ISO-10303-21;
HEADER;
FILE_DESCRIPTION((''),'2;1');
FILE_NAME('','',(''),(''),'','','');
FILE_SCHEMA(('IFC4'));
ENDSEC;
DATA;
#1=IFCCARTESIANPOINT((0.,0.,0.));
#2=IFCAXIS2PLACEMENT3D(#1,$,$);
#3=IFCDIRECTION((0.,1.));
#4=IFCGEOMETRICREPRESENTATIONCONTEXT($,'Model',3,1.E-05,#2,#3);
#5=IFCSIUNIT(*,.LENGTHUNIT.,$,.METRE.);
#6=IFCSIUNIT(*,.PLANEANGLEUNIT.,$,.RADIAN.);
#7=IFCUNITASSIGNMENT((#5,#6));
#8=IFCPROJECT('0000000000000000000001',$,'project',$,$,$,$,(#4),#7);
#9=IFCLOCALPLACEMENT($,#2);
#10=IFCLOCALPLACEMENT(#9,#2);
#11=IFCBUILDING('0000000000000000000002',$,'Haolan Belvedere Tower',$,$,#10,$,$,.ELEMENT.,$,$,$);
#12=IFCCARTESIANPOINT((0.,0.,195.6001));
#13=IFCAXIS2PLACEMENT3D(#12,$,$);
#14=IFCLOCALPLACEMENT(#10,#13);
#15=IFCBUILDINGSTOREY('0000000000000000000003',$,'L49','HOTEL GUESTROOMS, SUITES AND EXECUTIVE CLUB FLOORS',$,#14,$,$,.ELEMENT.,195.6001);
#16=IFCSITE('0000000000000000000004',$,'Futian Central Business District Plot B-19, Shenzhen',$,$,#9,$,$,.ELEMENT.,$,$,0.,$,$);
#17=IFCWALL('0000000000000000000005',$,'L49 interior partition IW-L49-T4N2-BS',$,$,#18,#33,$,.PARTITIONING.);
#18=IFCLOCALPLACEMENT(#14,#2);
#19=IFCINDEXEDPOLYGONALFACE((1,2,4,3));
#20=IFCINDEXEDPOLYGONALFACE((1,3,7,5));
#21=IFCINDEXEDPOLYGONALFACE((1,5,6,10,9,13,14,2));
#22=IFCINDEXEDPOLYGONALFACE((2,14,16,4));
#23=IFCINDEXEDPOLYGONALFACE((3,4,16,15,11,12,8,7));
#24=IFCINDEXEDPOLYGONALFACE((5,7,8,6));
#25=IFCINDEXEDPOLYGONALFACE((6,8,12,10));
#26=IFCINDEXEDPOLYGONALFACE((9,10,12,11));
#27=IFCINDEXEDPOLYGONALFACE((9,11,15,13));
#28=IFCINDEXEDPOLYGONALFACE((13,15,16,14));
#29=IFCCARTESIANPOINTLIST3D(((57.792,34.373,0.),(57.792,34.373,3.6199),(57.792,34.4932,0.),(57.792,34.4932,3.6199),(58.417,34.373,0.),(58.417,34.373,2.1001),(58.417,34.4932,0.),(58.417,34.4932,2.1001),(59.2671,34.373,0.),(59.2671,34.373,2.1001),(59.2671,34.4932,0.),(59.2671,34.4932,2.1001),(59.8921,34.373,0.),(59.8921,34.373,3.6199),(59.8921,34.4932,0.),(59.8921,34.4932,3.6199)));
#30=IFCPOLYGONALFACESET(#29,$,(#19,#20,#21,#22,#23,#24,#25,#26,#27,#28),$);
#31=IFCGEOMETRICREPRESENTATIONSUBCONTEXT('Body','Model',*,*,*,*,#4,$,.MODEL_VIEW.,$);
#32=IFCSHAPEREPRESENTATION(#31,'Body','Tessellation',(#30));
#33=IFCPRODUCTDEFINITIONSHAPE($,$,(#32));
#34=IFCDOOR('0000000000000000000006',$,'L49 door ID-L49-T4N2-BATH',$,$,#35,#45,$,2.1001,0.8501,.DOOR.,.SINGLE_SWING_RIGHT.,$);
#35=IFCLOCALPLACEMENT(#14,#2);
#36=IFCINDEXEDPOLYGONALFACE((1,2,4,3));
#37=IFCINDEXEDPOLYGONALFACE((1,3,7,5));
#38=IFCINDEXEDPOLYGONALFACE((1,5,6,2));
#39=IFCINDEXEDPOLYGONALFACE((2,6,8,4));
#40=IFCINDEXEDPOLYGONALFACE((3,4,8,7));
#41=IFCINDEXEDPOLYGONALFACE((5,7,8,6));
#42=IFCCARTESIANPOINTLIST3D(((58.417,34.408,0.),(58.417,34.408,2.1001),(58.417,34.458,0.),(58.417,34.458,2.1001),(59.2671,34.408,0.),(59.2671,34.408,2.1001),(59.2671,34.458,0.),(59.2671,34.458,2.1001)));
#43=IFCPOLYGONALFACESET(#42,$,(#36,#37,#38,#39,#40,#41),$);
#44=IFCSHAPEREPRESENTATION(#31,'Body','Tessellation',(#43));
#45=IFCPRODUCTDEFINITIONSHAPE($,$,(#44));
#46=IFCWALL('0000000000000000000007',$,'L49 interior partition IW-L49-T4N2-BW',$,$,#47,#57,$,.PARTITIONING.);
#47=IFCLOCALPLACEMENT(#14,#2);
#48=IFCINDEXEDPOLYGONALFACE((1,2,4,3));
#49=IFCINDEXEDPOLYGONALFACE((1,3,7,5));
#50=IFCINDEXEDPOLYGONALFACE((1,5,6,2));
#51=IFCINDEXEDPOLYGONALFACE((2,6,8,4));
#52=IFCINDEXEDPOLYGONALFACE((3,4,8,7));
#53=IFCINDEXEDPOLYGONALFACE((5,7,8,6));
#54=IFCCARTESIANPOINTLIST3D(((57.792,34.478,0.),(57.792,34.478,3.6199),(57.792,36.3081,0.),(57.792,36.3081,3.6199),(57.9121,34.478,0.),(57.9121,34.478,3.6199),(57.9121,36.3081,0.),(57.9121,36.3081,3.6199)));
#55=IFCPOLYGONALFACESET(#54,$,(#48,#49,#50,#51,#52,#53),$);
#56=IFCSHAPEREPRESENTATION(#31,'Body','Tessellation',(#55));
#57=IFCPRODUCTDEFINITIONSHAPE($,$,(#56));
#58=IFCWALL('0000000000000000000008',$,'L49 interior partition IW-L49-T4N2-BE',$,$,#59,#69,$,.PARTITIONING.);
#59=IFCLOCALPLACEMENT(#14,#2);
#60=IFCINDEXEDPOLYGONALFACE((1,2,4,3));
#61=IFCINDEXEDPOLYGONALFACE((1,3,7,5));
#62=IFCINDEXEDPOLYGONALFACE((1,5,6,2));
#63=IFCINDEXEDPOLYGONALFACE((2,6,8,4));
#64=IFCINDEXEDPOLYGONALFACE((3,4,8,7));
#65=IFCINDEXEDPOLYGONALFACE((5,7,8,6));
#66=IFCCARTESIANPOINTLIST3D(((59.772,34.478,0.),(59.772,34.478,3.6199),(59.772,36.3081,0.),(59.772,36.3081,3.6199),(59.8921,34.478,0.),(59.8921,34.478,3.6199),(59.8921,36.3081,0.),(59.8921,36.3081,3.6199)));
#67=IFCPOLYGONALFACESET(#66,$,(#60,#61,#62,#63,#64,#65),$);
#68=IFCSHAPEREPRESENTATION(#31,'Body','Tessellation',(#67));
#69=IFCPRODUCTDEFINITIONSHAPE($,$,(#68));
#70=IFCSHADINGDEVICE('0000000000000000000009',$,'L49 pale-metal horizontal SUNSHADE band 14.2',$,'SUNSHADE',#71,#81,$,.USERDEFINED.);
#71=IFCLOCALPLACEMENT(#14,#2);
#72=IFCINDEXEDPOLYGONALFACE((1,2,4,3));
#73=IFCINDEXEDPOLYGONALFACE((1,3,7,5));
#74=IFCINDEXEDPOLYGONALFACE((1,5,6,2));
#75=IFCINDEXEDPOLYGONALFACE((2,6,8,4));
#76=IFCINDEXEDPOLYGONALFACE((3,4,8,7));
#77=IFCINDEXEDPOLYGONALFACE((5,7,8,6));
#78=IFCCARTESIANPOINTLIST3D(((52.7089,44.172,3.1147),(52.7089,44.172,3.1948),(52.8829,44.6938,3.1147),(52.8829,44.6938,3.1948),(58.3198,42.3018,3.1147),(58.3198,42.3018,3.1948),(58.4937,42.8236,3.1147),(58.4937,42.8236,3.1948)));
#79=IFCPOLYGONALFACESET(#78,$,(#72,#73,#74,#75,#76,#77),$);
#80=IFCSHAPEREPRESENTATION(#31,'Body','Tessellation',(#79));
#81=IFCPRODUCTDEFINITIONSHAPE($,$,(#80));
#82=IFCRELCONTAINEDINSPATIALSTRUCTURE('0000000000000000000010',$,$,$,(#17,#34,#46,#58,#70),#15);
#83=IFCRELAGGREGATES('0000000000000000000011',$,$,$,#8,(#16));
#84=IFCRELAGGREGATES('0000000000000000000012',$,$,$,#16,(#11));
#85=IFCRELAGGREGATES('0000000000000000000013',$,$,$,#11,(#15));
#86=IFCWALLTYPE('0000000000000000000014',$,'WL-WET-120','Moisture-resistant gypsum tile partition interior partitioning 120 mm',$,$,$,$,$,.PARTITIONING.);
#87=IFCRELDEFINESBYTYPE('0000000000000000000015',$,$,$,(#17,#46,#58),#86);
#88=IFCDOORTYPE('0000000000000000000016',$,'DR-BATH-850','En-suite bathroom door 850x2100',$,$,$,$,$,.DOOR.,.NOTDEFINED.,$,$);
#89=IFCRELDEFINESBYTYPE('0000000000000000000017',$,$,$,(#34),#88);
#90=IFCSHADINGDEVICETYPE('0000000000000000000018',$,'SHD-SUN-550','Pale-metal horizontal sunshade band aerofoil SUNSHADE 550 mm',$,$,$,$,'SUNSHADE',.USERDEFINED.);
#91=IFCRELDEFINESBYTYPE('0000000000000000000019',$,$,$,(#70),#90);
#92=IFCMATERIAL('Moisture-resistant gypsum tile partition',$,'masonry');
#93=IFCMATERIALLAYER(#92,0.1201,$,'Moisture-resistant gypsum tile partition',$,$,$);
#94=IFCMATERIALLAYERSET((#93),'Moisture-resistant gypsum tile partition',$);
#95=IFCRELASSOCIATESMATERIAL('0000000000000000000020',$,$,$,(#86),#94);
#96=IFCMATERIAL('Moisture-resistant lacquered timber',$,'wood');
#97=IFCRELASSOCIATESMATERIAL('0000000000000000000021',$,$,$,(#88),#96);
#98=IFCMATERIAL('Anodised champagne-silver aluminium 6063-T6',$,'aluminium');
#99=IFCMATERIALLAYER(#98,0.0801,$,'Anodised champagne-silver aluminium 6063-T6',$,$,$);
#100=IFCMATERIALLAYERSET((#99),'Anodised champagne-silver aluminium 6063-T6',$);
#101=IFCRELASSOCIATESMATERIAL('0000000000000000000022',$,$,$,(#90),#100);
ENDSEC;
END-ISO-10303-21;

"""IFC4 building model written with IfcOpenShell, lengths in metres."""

from ifc_helpers import new_model, si_unit, direction, frame, frame_2d, origin, origin_2d, place, context, subcontext, project, spatial, rectangle, extrude, material, layer, layer_set, type_object, element, fill, save


model = new_model("IFC4")

# Units and contexts
model_context = context("Model", 3, precision=1e-05, world=origin(), true_north=direction((0.0, 1.0)))
body_context = subcontext(model_context, "Body", "Model", "MODEL_VIEW")
ifc_project = project(units=[si_unit("LENGTHUNIT", "METRE"), si_unit("PLANEANGLEUNIT", "RADIAN")], contexts=[model_context])

# Site, building, storey
site_placement = place(None, origin())
site = spatial("IfcSite", under=ifc_project, at=site_placement, Name="Futian Central Business District Plot B-19, Shenzhen", CompositionType="ELEMENT", RefElevation=0.0)
building_placement = place(site_placement, origin())
building = spatial("IfcBuilding", under=site, at=building_placement, Name="Haolan Belvedere Tower", CompositionType="ELEMENT")
storey_placement = place(building_placement, frame((0.0, 0.0, 195.6001)))
storey = spatial("IfcBuildingStorey", under=building, at=storey_placement, Name="L49", Description="HOTEL GUESTROOMS, SUITES AND EXECUTIVE CLUB FLOORS", CompositionType="ELEMENT", Elevation=195.6001)

# Shared definitions
ifc_material_1 = material(Name="Moisture-resistant gypsum tile partition", Category="masonry")
ifc_layer_1 = layer(ifc_material_1, 0.1201, Name="Moisture-resistant gypsum tile partition")
ifc_layer_set_1 = layer_set([ifc_layer_1], Name="Moisture-resistant gypsum tile partition")
wall_type_1 = type_object("IfcWallType", Name="WL-WET-120", Description="Moisture-resistant gypsum tile partition interior partitioning 120 mm", PredefinedType="PARTITIONING", material=ifc_layer_set_1)

# Wall, opening, door
wall_1_placement = place(storey_placement, frame((57.792, 34.4331, 0.0), z_axis=(0.0, 0.0, 1.0), x_axis=(1.0, 0.0, 0.0)))
wall_1 = element("IfcWall", 1, at=wall_1_placement, inside=storey, type_object=wall_type_1, Name="L49 interior partition IW-L49-T4N2-BS", PredefinedType="PARTITIONING", context=body_context, shape_type="SweptSolid", body=[
    extrude(rectangle(XDim=2.1001, YDim=0.1201, at=frame_2d((1.05, 0.0))), origin(), (0.0, 0.0, 1.0), 3.6199),
])
opening_1_placement = place(wall_1_placement, frame((0.625, 0.0, 0.0)))
opening_1 = element("IfcOpeningElement", 2, at=opening_1_placement, cuts=wall_1, PredefinedType="OPENING", context=body_context, shape_type="SweptSolid", body=[
    extrude(rectangle(XDim=0.8501, YDim=2.1001, at=frame_2d((0.425, 1.05))), frame((0.0, 0.0701, 0.0), z_axis=(0.0, -1.0, 0.0), x_axis=(1.0, 0.0, 0.0)), (0.0, 0.0, 1.0), 0.1401),
])
ifc_material_2 = material(Name="Moisture-resistant lacquered timber", Category="wood")
door_type = type_object("IfcDoorType", Name="DR-BATH-850", Description="En-suite bathroom door 850x2100", OperationType="NOTDEFINED", PredefinedType="DOOR", material=ifc_material_2)
door_placement = place(opening_1_placement, origin())
door = element("IfcDoor", 3, at=door_placement, inside=storey, type_object=door_type, Name="L49 door ID-L49-T4N2-BATH", OperationType="SINGLE_SWING_RIGHT", OverallHeight=2.1001, OverallWidth=0.8501, PredefinedType="DOOR", context=body_context, shape_type="SweptSolid", body=[
    extrude(rectangle(XDim=0.8501, YDim=2.1001, at=frame_2d((0.425, 1.05))), frame((0.0, 0.0249, 0.0), z_axis=(0.0, -1.0, 0.0), x_axis=(1.0, 0.0, 0.0)), (0.0, 0.0, 1.0), 0.05),
])
fill(opening_1, door)

# Walls
for number, where, z_axis, x_axis, name in (
    (4, (57.8521, 34.478, 0.0), (0.0, 0.0, 1.0), (0.0, 1.0, 0.0), "L49 interior partition IW-L49-T4N2-BW"),
    (5, (59.832, 34.478, 0.0), (0.0, 0.0, 1.0), (0.0, 1.0, 0.0), "L49 interior partition IW-L49-T4N2-BE"),
):
    element("IfcWall", number, at=place(storey_placement, frame(where, z_axis=z_axis, x_axis=x_axis)), inside=storey, type_object=wall_type_1, Name=name, PredefinedType="PARTITIONING", context=body_context, shape_type="SweptSolid", body=[
        extrude(rectangle(XDim=1.8301, YDim=0.1201, at=frame_2d((0.915, 0.0))), origin(), (0.0, 0.0, 1.0), 3.6199),
    ])

# Shading device
ifc_material_3 = material(Name="Anodised champagne-silver aluminium 6063-T6", Category="aluminium")
ifc_layer_2 = layer(ifc_material_3, 0.0801, Name="Anodised champagne-silver aluminium 6063-T6")
ifc_layer_set_2 = layer_set([ifc_layer_2], Name="Anodised champagne-silver aluminium 6063-T6")
shading_device_type = type_object("IfcShadingDeviceType", Name="SHD-SUN-550", Description="Pale-metal horizontal sunshade band aerofoil SUNSHADE 550 mm", ElementType="SUNSHADE", PredefinedType="USERDEFINED", material=ifc_layer_set_2)
shading_device_placement = place(storey_placement, frame((55.6013, 43.4978, 3.1147), z_axis=(0.0, 0.0, 1.0), x_axis=(-0.948689, 0.316212, 0.0)))
element("IfcShadingDevice", 6, at=shading_device_placement, inside=storey, type_object=shading_device_type, Name="L49 pale-metal horizontal SUNSHADE band 14.2", ObjectType="SUNSHADE", PredefinedType="USERDEFINED", context=body_context, shape_type="SweptSolid", body=[
    extrude(rectangle(XDim=5.9143, YDim=0.55, at=origin_2d()), origin(), (0.0, 0.0, 1.0), 0.0801),
])

save(model, "model.ifc")
